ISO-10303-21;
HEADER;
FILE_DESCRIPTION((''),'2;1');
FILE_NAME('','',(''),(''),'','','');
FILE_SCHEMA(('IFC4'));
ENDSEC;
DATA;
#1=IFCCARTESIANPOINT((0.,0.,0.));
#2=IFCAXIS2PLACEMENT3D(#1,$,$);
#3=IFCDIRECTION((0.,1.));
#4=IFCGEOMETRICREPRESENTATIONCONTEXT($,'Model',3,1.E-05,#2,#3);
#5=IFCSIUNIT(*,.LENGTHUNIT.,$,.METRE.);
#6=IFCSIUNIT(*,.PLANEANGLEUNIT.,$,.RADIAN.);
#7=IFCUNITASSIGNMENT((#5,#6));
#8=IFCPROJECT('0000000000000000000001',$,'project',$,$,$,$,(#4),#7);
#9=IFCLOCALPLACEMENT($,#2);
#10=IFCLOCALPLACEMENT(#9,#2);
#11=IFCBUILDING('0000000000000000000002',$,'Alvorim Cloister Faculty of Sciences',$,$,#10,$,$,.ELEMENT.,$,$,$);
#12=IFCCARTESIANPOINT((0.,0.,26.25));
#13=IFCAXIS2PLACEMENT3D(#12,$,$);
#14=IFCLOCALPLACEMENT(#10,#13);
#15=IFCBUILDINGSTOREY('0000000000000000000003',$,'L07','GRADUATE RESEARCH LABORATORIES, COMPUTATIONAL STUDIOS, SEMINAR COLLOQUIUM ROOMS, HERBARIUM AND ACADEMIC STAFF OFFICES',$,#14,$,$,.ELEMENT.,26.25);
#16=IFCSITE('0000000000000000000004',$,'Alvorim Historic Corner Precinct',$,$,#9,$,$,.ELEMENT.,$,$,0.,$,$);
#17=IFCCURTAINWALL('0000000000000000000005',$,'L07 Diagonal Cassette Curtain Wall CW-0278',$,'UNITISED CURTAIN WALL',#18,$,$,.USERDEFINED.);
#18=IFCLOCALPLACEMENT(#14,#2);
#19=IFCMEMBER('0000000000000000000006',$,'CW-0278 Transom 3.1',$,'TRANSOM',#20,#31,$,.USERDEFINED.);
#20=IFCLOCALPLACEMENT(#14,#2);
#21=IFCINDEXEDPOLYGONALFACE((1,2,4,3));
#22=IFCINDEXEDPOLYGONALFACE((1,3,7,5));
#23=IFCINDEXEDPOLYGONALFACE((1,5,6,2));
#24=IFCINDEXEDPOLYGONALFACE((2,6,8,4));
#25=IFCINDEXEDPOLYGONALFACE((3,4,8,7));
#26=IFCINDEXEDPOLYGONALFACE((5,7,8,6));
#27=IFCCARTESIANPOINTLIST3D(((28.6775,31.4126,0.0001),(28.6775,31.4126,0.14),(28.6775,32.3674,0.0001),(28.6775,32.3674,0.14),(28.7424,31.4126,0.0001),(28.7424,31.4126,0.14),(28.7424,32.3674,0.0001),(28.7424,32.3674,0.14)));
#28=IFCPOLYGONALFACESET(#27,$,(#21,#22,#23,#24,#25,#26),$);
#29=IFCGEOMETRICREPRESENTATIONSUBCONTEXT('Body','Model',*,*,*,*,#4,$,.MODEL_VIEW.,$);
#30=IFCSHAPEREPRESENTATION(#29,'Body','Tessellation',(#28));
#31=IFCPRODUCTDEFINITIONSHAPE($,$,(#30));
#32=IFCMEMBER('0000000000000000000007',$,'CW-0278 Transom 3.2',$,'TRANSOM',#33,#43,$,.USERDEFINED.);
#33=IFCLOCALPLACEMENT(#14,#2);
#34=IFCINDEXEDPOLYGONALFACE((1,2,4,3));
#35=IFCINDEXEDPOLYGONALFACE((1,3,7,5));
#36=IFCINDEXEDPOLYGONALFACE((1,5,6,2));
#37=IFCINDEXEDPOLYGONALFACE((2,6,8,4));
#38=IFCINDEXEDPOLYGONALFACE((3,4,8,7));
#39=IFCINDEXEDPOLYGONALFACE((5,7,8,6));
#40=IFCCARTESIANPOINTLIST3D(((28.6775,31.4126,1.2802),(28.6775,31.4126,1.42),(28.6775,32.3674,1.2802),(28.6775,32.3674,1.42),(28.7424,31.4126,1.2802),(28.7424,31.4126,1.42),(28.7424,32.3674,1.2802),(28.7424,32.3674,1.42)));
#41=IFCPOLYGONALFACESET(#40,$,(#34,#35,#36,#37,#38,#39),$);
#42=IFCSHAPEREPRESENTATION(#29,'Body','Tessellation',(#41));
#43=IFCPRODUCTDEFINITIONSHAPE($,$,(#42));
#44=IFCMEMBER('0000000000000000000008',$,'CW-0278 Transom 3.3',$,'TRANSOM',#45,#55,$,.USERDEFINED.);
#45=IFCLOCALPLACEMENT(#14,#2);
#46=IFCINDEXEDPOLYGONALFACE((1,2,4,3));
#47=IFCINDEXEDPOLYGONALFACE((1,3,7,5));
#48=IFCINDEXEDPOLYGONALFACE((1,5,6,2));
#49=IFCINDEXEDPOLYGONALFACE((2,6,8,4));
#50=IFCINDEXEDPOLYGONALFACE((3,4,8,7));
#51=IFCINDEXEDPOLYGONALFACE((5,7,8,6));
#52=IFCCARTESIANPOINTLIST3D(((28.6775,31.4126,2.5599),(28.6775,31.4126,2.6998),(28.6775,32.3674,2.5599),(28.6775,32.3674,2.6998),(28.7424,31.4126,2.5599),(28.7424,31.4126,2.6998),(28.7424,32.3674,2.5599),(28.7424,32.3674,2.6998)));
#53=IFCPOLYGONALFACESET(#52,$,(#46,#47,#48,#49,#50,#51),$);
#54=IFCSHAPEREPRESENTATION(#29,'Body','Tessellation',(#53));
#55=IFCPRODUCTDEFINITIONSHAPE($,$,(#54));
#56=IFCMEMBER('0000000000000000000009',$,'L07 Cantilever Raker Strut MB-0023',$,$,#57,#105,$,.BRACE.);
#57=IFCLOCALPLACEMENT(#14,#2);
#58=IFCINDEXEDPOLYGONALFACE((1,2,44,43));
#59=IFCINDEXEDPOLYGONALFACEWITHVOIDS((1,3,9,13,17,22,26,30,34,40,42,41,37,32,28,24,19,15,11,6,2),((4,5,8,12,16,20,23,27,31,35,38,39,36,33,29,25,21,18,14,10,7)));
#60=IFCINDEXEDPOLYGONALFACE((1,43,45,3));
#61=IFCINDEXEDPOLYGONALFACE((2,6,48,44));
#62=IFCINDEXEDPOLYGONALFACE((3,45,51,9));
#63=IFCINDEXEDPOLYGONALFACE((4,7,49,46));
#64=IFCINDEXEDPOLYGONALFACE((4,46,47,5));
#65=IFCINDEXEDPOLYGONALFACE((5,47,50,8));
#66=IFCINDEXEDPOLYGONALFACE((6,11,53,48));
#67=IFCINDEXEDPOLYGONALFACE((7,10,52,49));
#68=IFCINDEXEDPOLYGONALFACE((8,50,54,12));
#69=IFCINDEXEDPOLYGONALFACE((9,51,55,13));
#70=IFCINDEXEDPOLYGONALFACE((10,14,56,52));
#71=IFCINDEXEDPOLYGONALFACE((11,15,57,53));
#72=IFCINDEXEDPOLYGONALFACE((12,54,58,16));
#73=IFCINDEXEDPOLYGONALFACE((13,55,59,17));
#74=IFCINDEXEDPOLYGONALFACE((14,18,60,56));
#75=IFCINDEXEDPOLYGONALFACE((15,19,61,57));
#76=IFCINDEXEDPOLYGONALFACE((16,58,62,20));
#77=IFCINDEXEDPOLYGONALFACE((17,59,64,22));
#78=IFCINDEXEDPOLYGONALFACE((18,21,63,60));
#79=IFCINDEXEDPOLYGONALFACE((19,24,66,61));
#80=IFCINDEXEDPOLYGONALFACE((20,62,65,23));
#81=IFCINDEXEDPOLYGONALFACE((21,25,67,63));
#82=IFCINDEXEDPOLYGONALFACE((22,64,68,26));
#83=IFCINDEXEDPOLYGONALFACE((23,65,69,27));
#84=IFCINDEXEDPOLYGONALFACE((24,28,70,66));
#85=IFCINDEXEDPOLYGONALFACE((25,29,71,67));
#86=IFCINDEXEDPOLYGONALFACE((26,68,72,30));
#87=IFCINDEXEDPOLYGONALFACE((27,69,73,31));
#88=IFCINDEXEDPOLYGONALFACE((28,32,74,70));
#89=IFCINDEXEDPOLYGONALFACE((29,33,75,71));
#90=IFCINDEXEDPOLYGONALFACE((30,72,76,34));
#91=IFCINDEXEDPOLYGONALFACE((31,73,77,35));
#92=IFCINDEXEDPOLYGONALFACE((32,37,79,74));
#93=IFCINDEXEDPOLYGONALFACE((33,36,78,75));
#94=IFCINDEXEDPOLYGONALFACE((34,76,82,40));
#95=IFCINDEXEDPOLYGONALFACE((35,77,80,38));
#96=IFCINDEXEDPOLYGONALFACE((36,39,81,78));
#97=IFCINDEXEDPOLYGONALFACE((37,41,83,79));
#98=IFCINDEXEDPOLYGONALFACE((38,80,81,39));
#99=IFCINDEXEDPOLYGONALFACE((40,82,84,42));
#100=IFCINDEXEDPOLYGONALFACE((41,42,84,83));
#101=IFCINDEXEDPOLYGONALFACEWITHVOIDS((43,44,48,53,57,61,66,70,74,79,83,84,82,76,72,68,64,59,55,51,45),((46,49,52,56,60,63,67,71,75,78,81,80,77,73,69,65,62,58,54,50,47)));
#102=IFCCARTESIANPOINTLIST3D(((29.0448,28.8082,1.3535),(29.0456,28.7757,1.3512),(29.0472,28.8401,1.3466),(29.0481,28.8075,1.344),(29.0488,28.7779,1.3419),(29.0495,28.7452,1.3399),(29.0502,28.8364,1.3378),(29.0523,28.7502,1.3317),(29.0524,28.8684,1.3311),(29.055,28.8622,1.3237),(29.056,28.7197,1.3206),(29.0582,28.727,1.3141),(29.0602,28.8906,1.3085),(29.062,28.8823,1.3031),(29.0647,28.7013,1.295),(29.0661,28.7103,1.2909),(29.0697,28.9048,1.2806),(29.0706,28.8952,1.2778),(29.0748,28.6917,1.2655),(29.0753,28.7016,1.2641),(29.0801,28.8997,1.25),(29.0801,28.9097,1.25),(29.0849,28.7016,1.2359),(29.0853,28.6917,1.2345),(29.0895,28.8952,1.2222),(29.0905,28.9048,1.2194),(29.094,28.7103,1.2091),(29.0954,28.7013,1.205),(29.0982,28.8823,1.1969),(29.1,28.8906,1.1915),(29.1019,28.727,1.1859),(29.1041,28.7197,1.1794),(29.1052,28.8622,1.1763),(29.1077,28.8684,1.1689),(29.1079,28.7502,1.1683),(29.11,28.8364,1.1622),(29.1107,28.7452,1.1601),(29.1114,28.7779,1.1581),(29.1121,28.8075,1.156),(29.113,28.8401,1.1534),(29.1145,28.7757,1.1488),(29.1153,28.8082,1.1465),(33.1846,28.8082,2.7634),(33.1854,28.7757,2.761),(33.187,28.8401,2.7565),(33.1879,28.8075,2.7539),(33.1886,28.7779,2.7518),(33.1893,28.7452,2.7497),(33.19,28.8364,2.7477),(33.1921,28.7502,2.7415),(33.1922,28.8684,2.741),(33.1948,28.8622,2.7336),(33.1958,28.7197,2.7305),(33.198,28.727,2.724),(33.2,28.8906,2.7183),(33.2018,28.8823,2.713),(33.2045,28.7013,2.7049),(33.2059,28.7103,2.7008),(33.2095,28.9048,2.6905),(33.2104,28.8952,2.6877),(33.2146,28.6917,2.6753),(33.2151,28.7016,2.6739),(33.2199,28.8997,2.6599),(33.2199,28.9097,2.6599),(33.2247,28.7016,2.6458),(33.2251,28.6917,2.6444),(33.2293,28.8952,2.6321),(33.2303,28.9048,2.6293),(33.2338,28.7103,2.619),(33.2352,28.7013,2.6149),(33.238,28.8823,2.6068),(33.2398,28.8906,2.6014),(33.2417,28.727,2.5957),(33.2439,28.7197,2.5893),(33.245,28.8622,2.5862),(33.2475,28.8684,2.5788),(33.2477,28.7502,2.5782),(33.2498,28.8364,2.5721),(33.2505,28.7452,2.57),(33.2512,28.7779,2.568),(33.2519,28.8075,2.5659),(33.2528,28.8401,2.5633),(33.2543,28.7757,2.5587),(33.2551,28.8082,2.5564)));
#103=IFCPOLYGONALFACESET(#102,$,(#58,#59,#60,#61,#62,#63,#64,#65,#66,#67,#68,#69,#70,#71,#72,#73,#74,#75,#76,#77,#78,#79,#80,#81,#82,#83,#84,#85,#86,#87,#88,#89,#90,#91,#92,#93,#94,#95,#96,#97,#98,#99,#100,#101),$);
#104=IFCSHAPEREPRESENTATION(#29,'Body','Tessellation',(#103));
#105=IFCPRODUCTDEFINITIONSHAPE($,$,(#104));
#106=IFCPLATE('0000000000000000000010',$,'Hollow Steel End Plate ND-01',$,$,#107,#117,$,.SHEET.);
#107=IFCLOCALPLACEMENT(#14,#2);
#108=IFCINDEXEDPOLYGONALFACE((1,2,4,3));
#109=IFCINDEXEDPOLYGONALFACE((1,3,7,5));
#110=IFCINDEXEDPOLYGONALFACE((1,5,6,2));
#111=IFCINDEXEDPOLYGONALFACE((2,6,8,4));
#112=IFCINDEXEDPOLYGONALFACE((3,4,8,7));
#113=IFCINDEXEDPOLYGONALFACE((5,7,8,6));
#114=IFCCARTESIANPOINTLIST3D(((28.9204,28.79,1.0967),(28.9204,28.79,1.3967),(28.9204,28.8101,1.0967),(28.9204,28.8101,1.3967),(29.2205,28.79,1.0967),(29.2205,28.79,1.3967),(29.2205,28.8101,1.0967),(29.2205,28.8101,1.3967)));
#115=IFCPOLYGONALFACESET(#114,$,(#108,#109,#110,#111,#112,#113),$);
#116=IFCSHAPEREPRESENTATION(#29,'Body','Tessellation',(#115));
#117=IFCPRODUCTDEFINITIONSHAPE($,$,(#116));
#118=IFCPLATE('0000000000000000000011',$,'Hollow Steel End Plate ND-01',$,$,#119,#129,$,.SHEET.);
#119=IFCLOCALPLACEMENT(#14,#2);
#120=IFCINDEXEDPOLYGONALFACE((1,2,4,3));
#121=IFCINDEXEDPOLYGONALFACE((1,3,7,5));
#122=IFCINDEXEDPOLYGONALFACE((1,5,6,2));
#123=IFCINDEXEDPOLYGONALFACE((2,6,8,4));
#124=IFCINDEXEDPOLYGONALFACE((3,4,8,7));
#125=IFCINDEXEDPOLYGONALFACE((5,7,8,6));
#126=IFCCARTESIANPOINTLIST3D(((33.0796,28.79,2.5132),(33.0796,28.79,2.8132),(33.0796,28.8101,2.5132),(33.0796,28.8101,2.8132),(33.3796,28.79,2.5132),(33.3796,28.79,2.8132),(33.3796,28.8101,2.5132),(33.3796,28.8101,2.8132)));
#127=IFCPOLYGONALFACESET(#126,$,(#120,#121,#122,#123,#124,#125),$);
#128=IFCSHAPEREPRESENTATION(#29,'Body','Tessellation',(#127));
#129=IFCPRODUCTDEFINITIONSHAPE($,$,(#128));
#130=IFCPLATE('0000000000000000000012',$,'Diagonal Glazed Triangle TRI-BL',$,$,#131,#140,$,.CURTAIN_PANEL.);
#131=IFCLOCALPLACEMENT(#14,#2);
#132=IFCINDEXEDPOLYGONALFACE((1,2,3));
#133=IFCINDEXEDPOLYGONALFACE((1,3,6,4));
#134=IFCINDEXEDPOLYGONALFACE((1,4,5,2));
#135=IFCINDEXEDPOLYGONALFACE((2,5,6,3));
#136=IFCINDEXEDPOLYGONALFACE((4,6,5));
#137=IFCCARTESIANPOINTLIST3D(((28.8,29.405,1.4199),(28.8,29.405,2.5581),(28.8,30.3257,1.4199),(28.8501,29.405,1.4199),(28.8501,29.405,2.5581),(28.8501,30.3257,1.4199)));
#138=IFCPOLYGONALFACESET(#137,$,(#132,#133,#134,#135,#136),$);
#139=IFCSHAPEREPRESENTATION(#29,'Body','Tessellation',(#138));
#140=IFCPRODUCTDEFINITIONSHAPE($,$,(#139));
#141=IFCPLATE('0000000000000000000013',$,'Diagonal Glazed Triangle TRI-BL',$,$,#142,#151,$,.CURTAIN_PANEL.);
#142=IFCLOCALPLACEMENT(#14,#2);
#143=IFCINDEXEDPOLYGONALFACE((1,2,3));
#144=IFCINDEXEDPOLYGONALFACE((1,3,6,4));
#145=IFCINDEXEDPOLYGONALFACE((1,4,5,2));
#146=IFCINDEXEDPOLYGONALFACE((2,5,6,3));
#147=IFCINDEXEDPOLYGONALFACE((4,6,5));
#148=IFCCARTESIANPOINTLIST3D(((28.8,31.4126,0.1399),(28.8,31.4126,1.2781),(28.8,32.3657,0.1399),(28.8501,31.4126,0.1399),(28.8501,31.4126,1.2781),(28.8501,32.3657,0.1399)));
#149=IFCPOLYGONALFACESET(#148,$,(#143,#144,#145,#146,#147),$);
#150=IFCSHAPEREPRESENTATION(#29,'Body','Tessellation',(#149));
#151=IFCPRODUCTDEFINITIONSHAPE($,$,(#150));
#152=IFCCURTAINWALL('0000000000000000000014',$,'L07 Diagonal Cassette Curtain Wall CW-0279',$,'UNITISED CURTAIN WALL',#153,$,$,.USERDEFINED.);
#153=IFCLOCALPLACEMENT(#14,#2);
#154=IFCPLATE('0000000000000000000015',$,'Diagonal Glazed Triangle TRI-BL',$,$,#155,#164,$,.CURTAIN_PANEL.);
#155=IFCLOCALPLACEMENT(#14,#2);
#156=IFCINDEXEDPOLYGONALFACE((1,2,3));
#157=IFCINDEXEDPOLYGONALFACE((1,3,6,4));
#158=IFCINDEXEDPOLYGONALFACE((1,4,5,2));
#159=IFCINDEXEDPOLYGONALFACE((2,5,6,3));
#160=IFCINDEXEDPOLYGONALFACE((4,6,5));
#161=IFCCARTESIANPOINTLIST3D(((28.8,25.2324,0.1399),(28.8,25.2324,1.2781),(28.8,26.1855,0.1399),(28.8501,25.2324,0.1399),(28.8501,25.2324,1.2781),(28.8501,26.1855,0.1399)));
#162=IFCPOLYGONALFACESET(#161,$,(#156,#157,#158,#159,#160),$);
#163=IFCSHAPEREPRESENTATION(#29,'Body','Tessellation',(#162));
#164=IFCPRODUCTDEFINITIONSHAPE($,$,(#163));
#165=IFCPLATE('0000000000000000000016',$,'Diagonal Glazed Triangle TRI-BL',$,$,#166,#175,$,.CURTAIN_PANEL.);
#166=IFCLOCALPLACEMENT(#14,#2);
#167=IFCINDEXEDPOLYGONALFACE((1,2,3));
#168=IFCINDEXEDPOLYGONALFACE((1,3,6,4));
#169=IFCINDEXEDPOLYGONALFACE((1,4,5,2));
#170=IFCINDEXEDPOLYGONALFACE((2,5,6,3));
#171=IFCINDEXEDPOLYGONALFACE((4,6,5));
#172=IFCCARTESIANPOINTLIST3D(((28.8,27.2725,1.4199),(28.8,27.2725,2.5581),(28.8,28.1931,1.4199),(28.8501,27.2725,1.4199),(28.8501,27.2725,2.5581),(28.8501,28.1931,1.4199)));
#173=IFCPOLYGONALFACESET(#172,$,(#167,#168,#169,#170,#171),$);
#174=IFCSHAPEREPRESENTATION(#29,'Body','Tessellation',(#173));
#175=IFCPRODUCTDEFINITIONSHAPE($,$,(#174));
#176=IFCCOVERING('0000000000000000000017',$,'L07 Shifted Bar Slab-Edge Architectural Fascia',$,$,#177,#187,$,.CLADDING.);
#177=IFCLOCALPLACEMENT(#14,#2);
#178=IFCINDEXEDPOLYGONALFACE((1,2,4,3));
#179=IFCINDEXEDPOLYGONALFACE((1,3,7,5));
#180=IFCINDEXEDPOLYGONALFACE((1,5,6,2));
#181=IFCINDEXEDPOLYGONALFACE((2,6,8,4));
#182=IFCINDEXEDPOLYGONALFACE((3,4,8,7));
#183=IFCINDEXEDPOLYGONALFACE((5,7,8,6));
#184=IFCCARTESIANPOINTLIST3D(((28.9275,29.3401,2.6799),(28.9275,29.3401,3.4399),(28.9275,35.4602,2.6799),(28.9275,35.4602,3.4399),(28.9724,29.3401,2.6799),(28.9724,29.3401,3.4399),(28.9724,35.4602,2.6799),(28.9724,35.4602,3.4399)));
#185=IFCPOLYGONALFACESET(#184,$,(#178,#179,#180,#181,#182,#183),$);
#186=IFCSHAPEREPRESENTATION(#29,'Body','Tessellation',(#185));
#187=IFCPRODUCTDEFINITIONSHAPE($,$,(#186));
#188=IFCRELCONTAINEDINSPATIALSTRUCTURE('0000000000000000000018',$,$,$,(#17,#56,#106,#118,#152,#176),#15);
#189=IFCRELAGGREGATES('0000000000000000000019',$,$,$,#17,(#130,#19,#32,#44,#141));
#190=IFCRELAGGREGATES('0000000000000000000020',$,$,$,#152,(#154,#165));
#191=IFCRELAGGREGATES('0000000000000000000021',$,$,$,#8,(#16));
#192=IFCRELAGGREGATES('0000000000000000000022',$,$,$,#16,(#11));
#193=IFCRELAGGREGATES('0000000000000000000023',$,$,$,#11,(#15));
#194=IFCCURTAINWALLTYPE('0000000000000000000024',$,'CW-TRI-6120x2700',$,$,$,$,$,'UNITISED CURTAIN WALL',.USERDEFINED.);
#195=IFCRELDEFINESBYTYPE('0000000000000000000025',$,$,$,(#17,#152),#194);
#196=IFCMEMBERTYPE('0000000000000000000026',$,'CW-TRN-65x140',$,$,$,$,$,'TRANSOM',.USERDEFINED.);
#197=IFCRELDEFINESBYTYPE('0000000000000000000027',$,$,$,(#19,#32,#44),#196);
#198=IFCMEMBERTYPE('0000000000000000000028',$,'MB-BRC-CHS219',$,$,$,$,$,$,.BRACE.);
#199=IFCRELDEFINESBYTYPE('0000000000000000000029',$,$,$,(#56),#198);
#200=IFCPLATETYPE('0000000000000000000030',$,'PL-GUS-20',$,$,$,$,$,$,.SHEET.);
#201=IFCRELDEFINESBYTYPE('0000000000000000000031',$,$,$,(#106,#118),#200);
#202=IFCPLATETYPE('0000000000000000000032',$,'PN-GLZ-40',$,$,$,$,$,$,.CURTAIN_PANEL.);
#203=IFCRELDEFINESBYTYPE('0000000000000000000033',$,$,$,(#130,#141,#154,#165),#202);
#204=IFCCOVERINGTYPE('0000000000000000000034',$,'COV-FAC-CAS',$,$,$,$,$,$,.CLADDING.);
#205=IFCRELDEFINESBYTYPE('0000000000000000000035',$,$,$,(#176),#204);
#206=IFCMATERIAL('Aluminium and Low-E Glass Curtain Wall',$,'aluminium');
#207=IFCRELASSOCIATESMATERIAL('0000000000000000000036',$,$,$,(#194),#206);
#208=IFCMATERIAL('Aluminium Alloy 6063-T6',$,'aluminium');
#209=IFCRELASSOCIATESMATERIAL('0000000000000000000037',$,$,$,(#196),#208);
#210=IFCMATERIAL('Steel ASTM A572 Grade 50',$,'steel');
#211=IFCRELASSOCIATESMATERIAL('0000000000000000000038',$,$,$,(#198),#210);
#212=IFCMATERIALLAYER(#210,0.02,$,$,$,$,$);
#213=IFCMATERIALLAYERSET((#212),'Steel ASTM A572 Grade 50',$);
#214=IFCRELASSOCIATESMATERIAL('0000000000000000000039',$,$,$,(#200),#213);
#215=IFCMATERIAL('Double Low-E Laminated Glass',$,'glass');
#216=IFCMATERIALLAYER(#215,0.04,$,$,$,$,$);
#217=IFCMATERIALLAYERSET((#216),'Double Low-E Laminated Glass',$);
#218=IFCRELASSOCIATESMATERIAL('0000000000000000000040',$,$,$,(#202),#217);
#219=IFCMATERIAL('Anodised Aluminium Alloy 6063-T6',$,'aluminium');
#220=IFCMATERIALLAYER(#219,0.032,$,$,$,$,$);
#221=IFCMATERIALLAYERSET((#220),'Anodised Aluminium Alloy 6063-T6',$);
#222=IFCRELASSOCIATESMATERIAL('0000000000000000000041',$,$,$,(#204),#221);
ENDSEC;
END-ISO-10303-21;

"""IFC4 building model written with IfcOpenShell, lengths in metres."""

from ifc_helpers import new_model, si_unit, direction, frame, origin, origin_2d, place, context, subcontext, project, spatial, polyline, rectangle, hollow_circle, outline, extrude, material, layer, layer_set, material_profile, profile_set, type_object, element, aggregate, save


model = new_model("IFC4")

# Units and contexts
model_context = context("Model", 3, precision=1e-05, world=origin(), true_north=direction((0.0, 1.0)))
body_context = subcontext(model_context, "Body", "Model", "MODEL_VIEW")
ifc_project = project(units=[si_unit("LENGTHUNIT", "METRE"), si_unit("PLANEANGLEUNIT", "RADIAN")], contexts=[model_context])

# Site, building, storey
site_placement = place(None, origin())
site = spatial("IfcSite", under=ifc_project, at=site_placement, Name="Alvorim Historic Corner Precinct", CompositionType="ELEMENT", RefElevation=0.0)
building_placement = place(site_placement, origin())
building = spatial("IfcBuilding", under=site, at=building_placement, Name="Alvorim Cloister Faculty of Sciences", CompositionType="ELEMENT")
storey_placement = place(building_placement, frame((0.0, 0.0, 26.25)))
storey = spatial("IfcBuildingStorey", under=building, at=storey_placement, Name="L07", Description="GRADUATE RESEARCH LABORATORIES, COMPUTATIONAL STUDIOS, SEMINAR COLLOQUIUM ROOMS, HERBARIUM AND ACADEMIC STAFF OFFICES", CompositionType="ELEMENT", Elevation=26.25)

# Shared definitions
ifc_material_1 = material(Name="Steel ASTM A572 Grade 50", Category="steel")

# Curtain wall, members
ifc_material_2 = material(Name="Aluminium and Low-E Glass Curtain Wall", Category="aluminium")
curtain_wall_type = type_object("IfcCurtainWallType", Name="CW-TRI-6120x2700", ElementType="UNITISED CURTAIN WALL", PredefinedType="USERDEFINED", material=ifc_material_2)
curtain_wall_1_placement = place(storey_placement, origin())
curtain_wall_1 = element("IfcCurtainWall", 1, at=curtain_wall_1_placement, inside=storey, type_object=curtain_wall_type, Name="L07 Diagonal Cassette Curtain Wall CW-0278", ObjectType="UNITISED CURTAIN WALL", PredefinedType="USERDEFINED")
ifc_material_3 = material(Name="Aluminium Alloy 6063-T6", Category="aluminium")
ifc_material_profile_1 = material_profile(ifc_material_3, rectangle(XDim=0.0649, YDim=0.1399, at=origin_2d()), Name="ALU-TRN-65x140")
ifc_profile_set_1 = profile_set([ifc_material_profile_1], Name="Aluminium Alloy 6063-T6")
member_type_1 = type_object("IfcMemberType", Name="CW-TRN-65x140", ElementType="TRANSOM", PredefinedType="USERDEFINED", material=ifc_profile_set_1)
member_1_placement = place(storey_placement, frame((28.71, 31.4126, 0.0701), z_axis=(0.0, 1.0, 0.0), x_axis=(-1.0, 0.0, 0.0)))
member_1 = element("IfcMember", 2, at=member_1_placement, type_object=member_type_1, Name="CW-0278 Transom 3.1", ObjectType="TRANSOM", PredefinedType="USERDEFINED", context=body_context, shape_type="SweptSolid", body=[
    extrude(rectangle(XDim=0.0649, YDim=0.1399, at=origin_2d()), origin(), (0.0, 0.0, 1.0), 0.9548),
])
member_2_placement = place(storey_placement, frame((28.71, 31.4126, 1.3501), z_axis=(0.0, 1.0, 0.0), x_axis=(-1.0, 0.0, 0.0)))
member_2 = element("IfcMember", 3, at=member_2_placement, type_object=member_type_1, Name="CW-0278 Transom 3.2", ObjectType="TRANSOM", PredefinedType="USERDEFINED", context=body_context, shape_type="SweptSolid", body=[
    extrude(rectangle(XDim=0.0649, YDim=0.1399, at=origin_2d()), origin(), (0.0, 0.0, 1.0), 0.9548),
])
member_3_placement = place(storey_placement, frame((28.71, 31.4126, 2.6299), z_axis=(0.0, 1.0, 0.0), x_axis=(-1.0, 0.0, 0.0)))
member_3 = element("IfcMember", 4, at=member_3_placement, type_object=member_type_1, Name="CW-0278 Transom 3.3", ObjectType="TRANSOM", PredefinedType="USERDEFINED", context=body_context, shape_type="SweptSolid", body=[
    extrude(rectangle(XDim=0.0649, YDim=0.1399, at=origin_2d()), origin(), (0.0, 0.0, 1.0), 0.9548),
])

# Member
ifc_material_profile_2 = material_profile(ifc_material_1, hollow_circle(Radius=0.1096, WallThickness=0.01, at=origin_2d()), Name="CHS219.1x10")
ifc_profile_set_2 = profile_set([ifc_material_profile_2], Name="Steel ASTM A572 Grade 50")
member_type_2 = type_object("IfcMemberType", Name="MB-BRC-CHS219", PredefinedType="BRACE", material=ifc_profile_set_2)
member_4_placement = place(storey_placement, frame((29.0801, 28.8, 1.25), z_axis=(0.946609, 0.0, 0.322384), x_axis=(0.0, 1.0, 0.0)))
element("IfcMember", 5, at=member_4_placement, inside=storey, type_object=member_type_2, Name="L07 Cantilever Raker Strut MB-0023", PredefinedType="BRACE", context=body_context, shape_type="SweptSolid", body=[
    extrude(hollow_circle(Radius=0.1096, WallThickness=0.01, at=origin_2d()), origin(), (0.0, 0.0, 1.0), 4.3733),
])

# Plates
ifc_layer_1 = layer(ifc_material_1, 0.02)
ifc_layer_set_1 = layer_set([ifc_layer_1], Name="Steel ASTM A572 Grade 50")
plate_type_1 = type_object("IfcPlateType", Name="PL-GUS-20", PredefinedType="SHEET", material=ifc_layer_set_1)
for number, where, z_axis, x_axis, name in (
    (6, (28.9204, 28.8, 1.0967), (0.0, 0.0, 1.0), (1.0, 0.0, 0.0), "Hollow Steel End Plate ND-01"),
    (7, (33.0796, 28.8, 2.5132), (0.0, 0.0, 1.0), (1.0, 0.0, 0.0), "Hollow Steel End Plate ND-01"),
):
    element("IfcPlate", number, at=place(storey_placement, frame(where, z_axis=z_axis, x_axis=x_axis)), inside=storey, type_object=plate_type_1, Name=name, PredefinedType="SHEET", context=body_context, shape_type="SweptSolid", body=[
        extrude(outline(polyline([(0.0, 0.0), (0.3, 0.0), (0.3, 0.3), (0.0, 0.3), (0.0, 0.0)])), frame((0.0, 0.01, 0.0), z_axis=(0.0, -1.0, 0.0), x_axis=(1.0, 0.0, 0.0)), (0.0, 0.0, 1.0), 0.02),
    ])

# Plates
ifc_material_4 = material(Name="Double Low-E Laminated Glass", Category="glass")
ifc_layer_2 = layer(ifc_material_4, 0.04)
ifc_layer_set_2 = layer_set([ifc_layer_2], Name="Double Low-E Laminated Glass")
plate_type_2 = type_object("IfcPlateType", Name="PN-GLZ-40", PredefinedType="CURTAIN_PANEL", material=ifc_layer_set_2)
plate_1_placement = place(storey_placement, frame((28.825, 29.405, 1.4199), z_axis=(0.0, 0.0, 1.0), x_axis=(0.0, 1.0, 0.0)))
plate_1 = element("IfcPlate", 8, at=plate_1_placement, type_object=plate_type_2, Name="Diagonal Glazed Triangle TRI-BL", PredefinedType="CURTAIN_PANEL", context=body_context, shape_type="SweptSolid", body=[
    extrude(outline(polyline([(0.0, 0.0), (0.9207, 0.0), (0.0, 1.1382), (0.0, 0.0)])), frame((0.0, 0.0249, 0.0), z_axis=(0.0, -1.0, 0.0), x_axis=(1.0, 0.0, 0.0)), (0.0, 0.0, 1.0), 0.05),
])
plate_2_placement = place(storey_placement, frame((28.825, 31.4126, 0.1399), z_axis=(0.0, 0.0, 1.0), x_axis=(0.0, 1.0, 0.0)))
plate_2 = element("IfcPlate", 9, at=plate_2_placement, type_object=plate_type_2, Name="Diagonal Glazed Triangle TRI-BL", PredefinedType="CURTAIN_PANEL", context=body_context, shape_type="SweptSolid", body=[
    extrude(outline(polyline([(0.0, 0.0), (0.9531, 0.0), (0.0, 1.1382), (0.0, 0.0)])), frame((0.0, 0.0249, 0.0), z_axis=(0.0, -1.0, 0.0), x_axis=(1.0, 0.0, 0.0)), (0.0, 0.0, 1.0), 0.05),
])
aggregate(curtain_wall_1, [plate_1, member_1, member_2, member_3, plate_2])

# Curtain wall, plates
curtain_wall_2_placement = place(storey_placement, origin())
curtain_wall_2 = element("IfcCurtainWall", 10, at=curtain_wall_2_placement, inside=storey, type_object=curtain_wall_type, Name="L07 Diagonal Cassette Curtain Wall CW-0279", ObjectType="UNITISED CURTAIN WALL", PredefinedType="USERDEFINED")
plate_3_placement = place(storey_placement, frame((28.825, 25.2324, 0.1399), z_axis=(0.0, 0.0, 1.0), x_axis=(0.0, 1.0, 0.0)))
plate_3 = element("IfcPlate", 11, at=plate_3_placement, type_object=plate_type_2, Name="Diagonal Glazed Triangle TRI-BL", PredefinedType="CURTAIN_PANEL", context=body_context, shape_type="SweptSolid", body=[
    extrude(outline(polyline([(0.0, 0.0), (0.9531, 0.0), (0.0, 1.1382), (0.0, 0.0)])), frame((0.0, 0.0249, 0.0), z_axis=(0.0, -1.0, 0.0), x_axis=(1.0, 0.0, 0.0)), (0.0, 0.0, 1.0), 0.05),
])
plate_4_placement = place(storey_placement, frame((28.825, 27.2725, 1.4199), z_axis=(0.0, 0.0, 1.0), x_axis=(0.0, 1.0, 0.0)))
plate_4 = element("IfcPlate", 12, at=plate_4_placement, type_object=plate_type_2, Name="Diagonal Glazed Triangle TRI-BL", PredefinedType="CURTAIN_PANEL", context=body_context, shape_type="SweptSolid", body=[
    extrude(outline(polyline([(0.0, 0.0), (0.9207, 0.0), (0.0, 1.1382), (0.0, 0.0)])), frame((0.0, 0.0249, 0.0), z_axis=(0.0, -1.0, 0.0), x_axis=(1.0, 0.0, 0.0)), (0.0, 0.0, 1.0), 0.05),
])
aggregate(curtain_wall_2, [plate_3, plate_4])

# Covering
ifc_material_5 = material(Name="Anodised Aluminium Alloy 6063-T6", Category="aluminium")
ifc_layer_3 = layer(ifc_material_5, 0.032)
ifc_layer_set_3 = layer_set([ifc_layer_3], Name="Anodised Aluminium Alloy 6063-T6")
covering_type = type_object("IfcCoveringType", Name="COV-FAC-CAS", PredefinedType="CLADDING", material=ifc_layer_set_3)
covering_placement = place(storey_placement, frame((28.95, 29.3401, 2.6799), z_axis=(0.0, 0.0, 1.0), x_axis=(0.0, 1.0, 0.0)))
element("IfcCovering", 13, at=covering_placement, inside=storey, type_object=covering_type, Name="L07 Shifted Bar Slab-Edge Architectural Fascia", PredefinedType="CLADDING", context=body_context, shape_type="SweptSolid", body=[
    extrude(outline(polyline([(0.0, 0.0), (6.1201, 0.0), (6.1201, 0.76), (0.0, 0.76), (0.0, 0.0)])), frame((0.0, 0.0225, 0.0), z_axis=(0.0, -1.0, 0.0), x_axis=(1.0, 0.0, 0.0)), (0.0, 0.0, 1.0), 0.0449),
])

save(model, "model.ifc")
